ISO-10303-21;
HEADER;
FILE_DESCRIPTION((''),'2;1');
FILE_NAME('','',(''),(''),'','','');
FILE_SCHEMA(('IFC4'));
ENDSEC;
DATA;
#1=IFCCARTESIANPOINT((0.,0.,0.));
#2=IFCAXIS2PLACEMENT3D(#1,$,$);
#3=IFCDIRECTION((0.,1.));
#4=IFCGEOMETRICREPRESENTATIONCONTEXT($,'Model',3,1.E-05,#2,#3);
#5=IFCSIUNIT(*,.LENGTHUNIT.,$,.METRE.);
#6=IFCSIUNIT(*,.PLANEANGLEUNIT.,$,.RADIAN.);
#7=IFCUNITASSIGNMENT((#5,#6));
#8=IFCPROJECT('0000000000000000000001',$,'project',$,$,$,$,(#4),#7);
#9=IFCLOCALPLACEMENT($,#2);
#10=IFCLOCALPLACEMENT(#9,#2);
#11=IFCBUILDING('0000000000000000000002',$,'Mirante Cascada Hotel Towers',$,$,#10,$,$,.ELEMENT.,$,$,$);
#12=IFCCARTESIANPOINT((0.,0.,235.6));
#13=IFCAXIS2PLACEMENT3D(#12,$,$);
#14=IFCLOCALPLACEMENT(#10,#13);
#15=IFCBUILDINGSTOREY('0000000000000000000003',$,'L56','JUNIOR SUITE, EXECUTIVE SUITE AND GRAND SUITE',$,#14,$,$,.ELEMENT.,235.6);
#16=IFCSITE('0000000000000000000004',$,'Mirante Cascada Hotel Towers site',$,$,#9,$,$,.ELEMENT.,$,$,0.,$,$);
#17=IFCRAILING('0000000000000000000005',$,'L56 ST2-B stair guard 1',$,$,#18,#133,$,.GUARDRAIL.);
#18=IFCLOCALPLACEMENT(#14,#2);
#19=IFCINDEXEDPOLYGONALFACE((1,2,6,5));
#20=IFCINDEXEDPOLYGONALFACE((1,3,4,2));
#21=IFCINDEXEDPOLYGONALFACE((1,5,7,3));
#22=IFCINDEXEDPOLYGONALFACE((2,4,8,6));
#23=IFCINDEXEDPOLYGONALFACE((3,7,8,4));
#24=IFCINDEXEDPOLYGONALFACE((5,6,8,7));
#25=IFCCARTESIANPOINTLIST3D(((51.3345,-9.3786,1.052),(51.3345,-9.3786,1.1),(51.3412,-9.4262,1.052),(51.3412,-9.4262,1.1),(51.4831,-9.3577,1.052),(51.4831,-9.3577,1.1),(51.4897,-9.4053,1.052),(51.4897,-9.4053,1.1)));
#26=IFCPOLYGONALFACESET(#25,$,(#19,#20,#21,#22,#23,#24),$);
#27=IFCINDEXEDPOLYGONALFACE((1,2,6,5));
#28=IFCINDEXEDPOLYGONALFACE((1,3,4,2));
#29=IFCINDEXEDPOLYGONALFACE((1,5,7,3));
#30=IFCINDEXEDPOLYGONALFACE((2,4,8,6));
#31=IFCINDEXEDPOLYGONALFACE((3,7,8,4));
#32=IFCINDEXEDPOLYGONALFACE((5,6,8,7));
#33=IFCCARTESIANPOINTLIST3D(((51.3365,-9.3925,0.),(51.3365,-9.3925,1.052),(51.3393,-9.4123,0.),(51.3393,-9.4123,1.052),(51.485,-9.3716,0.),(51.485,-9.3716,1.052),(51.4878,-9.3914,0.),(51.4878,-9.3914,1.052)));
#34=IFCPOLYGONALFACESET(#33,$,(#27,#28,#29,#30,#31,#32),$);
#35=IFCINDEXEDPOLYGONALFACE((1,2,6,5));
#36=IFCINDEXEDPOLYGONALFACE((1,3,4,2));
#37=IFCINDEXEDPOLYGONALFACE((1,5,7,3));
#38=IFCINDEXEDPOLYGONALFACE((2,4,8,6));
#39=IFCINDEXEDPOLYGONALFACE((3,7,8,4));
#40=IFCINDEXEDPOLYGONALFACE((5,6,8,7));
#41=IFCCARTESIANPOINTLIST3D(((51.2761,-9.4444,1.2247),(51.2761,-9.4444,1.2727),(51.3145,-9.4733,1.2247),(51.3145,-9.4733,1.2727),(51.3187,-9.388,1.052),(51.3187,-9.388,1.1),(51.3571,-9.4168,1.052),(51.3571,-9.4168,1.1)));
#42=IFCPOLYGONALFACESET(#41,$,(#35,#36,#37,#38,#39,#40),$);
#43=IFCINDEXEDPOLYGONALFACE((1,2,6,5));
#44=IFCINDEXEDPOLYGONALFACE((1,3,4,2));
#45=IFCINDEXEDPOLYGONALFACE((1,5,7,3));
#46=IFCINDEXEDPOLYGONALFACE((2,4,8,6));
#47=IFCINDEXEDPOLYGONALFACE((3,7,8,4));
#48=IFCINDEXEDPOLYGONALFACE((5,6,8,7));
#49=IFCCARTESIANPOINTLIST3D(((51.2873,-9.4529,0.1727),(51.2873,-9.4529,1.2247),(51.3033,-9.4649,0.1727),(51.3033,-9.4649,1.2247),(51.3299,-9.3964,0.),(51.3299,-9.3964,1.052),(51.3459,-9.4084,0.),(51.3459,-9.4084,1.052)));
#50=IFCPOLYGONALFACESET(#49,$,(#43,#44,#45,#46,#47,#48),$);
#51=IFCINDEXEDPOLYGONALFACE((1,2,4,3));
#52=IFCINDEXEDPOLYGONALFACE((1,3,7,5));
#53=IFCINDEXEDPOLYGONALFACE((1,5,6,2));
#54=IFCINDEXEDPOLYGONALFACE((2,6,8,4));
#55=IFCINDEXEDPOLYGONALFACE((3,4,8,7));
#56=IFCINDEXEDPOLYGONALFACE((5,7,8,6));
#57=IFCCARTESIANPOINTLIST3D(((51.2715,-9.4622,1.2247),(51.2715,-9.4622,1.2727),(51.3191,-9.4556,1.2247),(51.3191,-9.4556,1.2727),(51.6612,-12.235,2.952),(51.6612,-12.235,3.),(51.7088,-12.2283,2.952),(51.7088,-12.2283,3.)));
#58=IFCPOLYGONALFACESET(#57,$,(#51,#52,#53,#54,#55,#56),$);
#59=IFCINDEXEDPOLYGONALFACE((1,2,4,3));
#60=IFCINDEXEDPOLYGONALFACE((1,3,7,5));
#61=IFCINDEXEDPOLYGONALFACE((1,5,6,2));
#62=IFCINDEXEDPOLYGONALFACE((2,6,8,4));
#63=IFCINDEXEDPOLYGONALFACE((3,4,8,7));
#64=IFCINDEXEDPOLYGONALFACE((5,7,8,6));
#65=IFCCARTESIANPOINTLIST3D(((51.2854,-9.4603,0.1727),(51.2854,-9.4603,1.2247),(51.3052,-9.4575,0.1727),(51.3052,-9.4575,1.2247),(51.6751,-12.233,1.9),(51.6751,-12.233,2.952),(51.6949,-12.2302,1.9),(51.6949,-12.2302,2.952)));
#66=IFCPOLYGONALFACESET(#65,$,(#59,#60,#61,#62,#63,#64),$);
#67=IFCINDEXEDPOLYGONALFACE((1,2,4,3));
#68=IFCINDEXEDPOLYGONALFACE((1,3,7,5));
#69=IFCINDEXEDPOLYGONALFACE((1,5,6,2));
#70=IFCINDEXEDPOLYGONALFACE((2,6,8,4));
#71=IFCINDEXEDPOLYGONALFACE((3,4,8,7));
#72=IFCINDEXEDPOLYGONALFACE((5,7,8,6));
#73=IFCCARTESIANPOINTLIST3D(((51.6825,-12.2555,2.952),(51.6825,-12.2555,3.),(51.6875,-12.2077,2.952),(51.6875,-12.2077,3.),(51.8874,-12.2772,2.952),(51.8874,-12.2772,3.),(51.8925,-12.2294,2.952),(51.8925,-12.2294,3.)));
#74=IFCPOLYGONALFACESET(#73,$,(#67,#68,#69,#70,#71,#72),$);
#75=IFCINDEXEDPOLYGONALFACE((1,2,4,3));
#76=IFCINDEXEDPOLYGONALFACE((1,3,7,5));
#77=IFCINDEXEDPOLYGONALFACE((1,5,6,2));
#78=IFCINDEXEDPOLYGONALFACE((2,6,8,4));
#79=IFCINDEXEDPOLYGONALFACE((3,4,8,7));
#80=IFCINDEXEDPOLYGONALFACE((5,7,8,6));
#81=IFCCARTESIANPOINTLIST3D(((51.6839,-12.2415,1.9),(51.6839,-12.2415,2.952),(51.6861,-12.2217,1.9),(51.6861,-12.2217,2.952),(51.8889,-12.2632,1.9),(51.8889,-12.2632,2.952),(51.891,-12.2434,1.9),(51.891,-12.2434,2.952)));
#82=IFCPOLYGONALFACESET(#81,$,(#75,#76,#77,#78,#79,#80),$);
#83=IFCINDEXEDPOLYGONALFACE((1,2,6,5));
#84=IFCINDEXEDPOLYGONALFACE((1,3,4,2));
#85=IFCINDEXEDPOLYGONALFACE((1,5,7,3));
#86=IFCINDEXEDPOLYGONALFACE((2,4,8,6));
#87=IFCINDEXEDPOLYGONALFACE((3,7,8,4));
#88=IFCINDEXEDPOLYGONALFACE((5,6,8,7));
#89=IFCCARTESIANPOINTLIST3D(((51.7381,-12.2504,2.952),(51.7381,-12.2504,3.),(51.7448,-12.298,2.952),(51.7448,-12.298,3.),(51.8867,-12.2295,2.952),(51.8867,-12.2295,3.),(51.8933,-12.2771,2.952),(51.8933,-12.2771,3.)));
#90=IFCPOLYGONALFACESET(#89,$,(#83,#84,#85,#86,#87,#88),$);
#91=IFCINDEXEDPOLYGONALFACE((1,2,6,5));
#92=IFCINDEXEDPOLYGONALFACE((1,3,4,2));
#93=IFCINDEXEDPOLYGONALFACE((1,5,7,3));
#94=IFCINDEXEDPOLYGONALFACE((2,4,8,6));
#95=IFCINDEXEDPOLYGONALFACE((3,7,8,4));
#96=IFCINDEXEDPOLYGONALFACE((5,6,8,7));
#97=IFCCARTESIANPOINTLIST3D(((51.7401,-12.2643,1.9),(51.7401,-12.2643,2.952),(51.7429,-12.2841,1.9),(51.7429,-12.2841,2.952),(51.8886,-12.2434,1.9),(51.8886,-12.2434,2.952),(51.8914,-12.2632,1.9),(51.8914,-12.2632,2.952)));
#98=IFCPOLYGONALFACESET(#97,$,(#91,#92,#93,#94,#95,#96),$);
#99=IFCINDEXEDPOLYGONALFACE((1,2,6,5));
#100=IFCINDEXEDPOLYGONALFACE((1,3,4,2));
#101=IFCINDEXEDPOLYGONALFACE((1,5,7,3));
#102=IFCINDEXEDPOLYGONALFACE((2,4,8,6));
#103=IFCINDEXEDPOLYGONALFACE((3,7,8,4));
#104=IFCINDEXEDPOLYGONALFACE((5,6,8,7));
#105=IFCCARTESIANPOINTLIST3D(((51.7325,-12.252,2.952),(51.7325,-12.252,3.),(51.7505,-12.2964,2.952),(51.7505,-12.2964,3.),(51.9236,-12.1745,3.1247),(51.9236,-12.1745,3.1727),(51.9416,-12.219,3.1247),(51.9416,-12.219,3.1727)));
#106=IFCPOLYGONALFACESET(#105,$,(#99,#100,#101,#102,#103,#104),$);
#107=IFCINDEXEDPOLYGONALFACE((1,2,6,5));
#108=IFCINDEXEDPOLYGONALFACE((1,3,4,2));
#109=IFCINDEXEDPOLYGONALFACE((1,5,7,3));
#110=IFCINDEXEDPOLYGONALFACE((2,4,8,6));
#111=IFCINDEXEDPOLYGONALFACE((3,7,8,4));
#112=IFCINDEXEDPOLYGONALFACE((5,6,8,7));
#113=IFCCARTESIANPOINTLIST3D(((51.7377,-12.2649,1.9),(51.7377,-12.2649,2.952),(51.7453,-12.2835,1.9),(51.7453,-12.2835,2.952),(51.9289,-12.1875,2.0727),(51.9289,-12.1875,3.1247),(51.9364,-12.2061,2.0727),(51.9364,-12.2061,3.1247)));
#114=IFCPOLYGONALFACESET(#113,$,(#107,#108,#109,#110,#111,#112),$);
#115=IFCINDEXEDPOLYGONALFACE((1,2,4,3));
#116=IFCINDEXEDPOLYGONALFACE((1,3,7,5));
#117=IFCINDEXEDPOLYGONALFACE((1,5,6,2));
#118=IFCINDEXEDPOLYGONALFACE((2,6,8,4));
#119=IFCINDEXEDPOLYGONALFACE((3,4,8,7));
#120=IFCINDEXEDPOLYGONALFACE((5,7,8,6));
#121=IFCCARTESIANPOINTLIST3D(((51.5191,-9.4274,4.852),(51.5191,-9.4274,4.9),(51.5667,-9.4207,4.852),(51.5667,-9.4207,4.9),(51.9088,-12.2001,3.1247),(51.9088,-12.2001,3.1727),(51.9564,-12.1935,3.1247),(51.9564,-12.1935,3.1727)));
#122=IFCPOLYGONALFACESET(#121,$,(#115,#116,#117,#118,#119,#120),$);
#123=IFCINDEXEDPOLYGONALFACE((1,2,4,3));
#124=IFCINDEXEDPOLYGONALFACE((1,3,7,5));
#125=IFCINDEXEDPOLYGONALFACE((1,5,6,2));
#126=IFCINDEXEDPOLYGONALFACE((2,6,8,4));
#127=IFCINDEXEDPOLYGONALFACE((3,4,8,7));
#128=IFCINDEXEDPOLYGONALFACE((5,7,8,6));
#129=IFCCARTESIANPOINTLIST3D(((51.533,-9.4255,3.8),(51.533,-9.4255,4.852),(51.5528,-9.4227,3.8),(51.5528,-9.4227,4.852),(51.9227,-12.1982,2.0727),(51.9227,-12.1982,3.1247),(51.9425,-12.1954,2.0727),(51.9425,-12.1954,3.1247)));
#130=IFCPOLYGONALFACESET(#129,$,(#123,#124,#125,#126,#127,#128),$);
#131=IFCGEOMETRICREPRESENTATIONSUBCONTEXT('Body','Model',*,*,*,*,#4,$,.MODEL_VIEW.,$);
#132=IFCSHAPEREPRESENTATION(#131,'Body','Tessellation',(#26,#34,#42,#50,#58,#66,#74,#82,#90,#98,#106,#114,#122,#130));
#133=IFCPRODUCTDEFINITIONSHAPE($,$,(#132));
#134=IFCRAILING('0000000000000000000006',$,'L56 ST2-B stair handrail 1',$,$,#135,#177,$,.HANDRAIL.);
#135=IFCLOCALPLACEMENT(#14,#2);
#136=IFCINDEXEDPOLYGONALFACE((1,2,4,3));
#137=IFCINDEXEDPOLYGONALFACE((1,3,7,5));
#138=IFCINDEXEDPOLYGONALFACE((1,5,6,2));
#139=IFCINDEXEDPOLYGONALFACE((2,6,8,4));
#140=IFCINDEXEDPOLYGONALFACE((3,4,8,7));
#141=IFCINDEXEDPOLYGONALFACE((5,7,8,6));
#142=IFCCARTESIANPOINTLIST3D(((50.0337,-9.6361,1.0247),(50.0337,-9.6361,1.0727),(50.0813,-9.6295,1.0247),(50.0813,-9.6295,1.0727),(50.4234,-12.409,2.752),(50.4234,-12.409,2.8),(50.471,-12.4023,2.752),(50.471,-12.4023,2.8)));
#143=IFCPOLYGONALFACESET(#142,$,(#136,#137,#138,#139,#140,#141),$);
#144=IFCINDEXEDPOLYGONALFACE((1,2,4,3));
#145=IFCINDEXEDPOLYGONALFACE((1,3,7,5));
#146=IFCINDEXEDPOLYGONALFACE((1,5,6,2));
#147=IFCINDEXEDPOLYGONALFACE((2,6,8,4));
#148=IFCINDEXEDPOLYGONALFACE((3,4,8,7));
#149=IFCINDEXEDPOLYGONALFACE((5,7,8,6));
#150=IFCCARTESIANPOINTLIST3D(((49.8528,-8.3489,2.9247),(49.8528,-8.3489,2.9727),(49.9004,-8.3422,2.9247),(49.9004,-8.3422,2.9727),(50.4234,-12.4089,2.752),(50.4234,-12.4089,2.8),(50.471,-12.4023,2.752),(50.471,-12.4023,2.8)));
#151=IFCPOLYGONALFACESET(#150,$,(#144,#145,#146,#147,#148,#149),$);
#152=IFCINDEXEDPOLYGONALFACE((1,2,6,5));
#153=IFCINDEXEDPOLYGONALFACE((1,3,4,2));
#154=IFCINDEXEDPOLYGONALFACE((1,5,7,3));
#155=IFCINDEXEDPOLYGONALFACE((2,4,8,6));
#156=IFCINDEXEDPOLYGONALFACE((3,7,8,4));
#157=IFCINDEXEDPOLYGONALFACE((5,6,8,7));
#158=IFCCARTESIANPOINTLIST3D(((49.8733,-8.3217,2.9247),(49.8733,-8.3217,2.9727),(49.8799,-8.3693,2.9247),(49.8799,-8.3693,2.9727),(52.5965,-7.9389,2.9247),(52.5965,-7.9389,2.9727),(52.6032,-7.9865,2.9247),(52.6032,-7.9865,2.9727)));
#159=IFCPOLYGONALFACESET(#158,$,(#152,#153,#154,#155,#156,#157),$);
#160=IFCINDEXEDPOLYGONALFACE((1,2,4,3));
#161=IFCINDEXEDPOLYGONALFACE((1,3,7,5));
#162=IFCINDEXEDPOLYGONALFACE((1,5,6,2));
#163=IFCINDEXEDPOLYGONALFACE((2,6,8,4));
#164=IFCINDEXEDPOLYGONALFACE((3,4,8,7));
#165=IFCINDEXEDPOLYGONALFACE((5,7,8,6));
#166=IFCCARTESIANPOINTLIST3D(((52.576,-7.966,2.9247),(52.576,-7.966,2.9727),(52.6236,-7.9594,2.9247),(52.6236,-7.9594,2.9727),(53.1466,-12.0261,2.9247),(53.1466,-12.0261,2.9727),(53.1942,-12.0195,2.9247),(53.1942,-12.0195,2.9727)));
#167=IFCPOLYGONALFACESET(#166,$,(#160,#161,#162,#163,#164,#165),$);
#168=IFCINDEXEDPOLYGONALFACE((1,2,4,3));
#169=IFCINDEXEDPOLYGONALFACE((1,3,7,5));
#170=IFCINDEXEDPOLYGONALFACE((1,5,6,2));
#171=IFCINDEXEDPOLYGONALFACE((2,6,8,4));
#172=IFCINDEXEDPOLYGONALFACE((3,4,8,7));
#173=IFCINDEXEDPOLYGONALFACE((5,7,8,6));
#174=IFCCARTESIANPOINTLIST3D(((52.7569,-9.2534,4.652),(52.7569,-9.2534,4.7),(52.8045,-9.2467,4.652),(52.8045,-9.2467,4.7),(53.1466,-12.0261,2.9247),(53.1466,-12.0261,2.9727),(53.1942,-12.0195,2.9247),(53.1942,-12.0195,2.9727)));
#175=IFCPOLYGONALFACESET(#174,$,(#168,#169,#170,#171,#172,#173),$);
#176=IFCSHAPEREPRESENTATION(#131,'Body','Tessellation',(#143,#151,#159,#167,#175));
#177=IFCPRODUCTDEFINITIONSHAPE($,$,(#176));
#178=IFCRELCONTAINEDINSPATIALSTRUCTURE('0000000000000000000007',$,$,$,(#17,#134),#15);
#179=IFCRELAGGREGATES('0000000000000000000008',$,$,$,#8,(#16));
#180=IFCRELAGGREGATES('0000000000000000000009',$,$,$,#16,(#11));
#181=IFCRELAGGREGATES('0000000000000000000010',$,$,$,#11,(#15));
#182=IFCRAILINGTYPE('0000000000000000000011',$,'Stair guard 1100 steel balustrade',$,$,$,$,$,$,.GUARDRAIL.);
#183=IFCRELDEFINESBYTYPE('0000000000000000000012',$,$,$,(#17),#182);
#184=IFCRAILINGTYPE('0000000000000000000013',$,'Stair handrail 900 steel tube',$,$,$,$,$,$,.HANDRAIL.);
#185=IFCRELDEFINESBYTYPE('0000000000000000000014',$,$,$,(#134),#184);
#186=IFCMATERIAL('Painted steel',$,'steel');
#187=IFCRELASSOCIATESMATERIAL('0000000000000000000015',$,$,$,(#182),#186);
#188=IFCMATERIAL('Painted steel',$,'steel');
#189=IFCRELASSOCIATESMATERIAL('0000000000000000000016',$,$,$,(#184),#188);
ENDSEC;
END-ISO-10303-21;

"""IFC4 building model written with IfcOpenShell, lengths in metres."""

from ifc_helpers import new_model, si_unit, direction, frame, origin, origin_2d, place, context, subcontext, project, spatial, rectangle, extrude, material, type_object, element, save


model = new_model("IFC4")

# Units and contexts
model_context = context("Model", 3, precision=1e-05, world=origin(), true_north=direction((0.0, 1.0)))
body_context = subcontext(model_context, "Body", "Model", "MODEL_VIEW")
ifc_project = project(units=[si_unit("LENGTHUNIT", "METRE"), si_unit("PLANEANGLEUNIT", "RADIAN")], contexts=[model_context])

# Site, building, storey
site_placement = place(None, origin())
site = spatial("IfcSite", under=ifc_project, at=site_placement, Name="Mirante Cascada Hotel Towers site", CompositionType="ELEMENT", RefElevation=0.0)
building_placement = place(site_placement, origin())
building = spatial("IfcBuilding", under=site, at=building_placement, Name="Mirante Cascada Hotel Towers", CompositionType="ELEMENT")
storey_placement = place(building_placement, frame((0.0, 0.0, 235.6)))
storey = spatial("IfcBuildingStorey", under=building, at=storey_placement, Name="L56", Description="JUNIOR SUITE, EXECUTIVE SUITE AND GRAND SUITE", CompositionType="ELEMENT", Elevation=235.6)

# Railings
ifc_material_1 = material(Name="Painted steel", Category="steel")
railing_type_1 = type_object("IfcRailingType", Name="Stair guard 1100 steel balustrade", PredefinedType="GUARDRAIL", material=ifc_material_1)
railing_1_placement = place(storey_placement, frame((51.4864, -9.3815, 0.0)))
element("IfcRailing", 1, at=railing_1_placement, inside=storey, type_object=railing_type_1, Name="L56 ST2-B stair guard 1", PredefinedType="GUARDRAIL", context=body_context, shape_type="SweptSolid", body=[
    extrude(rectangle(XDim=0.048, YDim=0.048, at=origin_2d()), frame((0.0, 0.0, 1.076), z_axis=(-0.990241, -0.139367, 0.0), x_axis=(0.139367, -0.990241, 0.0)), (0.0, 0.0, 1.0), 0.15),
    extrude(rectangle(XDim=0.02, YDim=1.052, at=origin_2d()), frame((0.0, 0.0, 0.526), z_axis=(-0.990241, -0.139367, 0.0), x_axis=(0.139367, -0.990241, 0.0)), (0.0, 0.0, 1.0), 0.15),
    extrude(rectangle(XDim=0.048, YDim=0.048, at=origin_2d()), frame((-0.1485, -0.0209, 1.076), z_axis=(-0.602033, -0.798471, 0.0), x_axis=(0.798471, -0.602033, 0.0)), (0.0, 0.92534, 0.379139), 0.1866),
    extrude(rectangle(XDim=0.02, YDim=1.052, at=origin_2d()), frame((-0.1485, -0.0209, 0.526), z_axis=(-0.602033, -0.798471, 0.0), x_axis=(0.798471, -0.602033, 0.0)), (0.0, 0.92534, 0.379139), 0.1866),
    extrude(rectangle(XDim=0.048, YDim=0.048, at=origin_2d()), frame((-0.1911, -0.0774, 1.2487), z_axis=(0.139181, -0.990267, 0.0), x_axis=(0.990267, 0.139181, 0.0)), (0.0, 0.525035, 0.851081), 3.2899),
    extrude(rectangle(XDim=0.02, YDim=1.052, at=origin_2d()), frame((-0.1911, -0.0774, 0.6987), z_axis=(0.139181, -0.990267, 0.0), x_axis=(0.990267, 0.139181, 0.0)), (0.0, 0.525035, 0.851081), 3.2899),
    extrude(rectangle(XDim=0.048, YDim=0.048, at=origin_2d()), frame((0.1986, -2.8501, 2.976), z_axis=(0.994444, -0.105266, 0.0), x_axis=(0.105266, 0.994444, 0.0)), (0.0, 0.0, 1.0), 0.2061),
    extrude(rectangle(XDim=0.02, YDim=1.052, at=origin_2d()), frame((0.1986, -2.8501, 2.426), z_axis=(0.994444, -0.105266, 0.0), x_axis=(0.105266, 0.994444, 0.0)), (0.0, 0.0, 1.0), 0.2061),
    extrude(rectangle(XDim=0.048, YDim=0.048, at=origin_2d()), frame((0.4036, -2.8718, 2.976), z_axis=(-0.990241, -0.139367, 0.0), x_axis=(0.139367, -0.990241, 0.0)), (0.0, 0.0, 1.0), 0.15),
    extrude(rectangle(XDim=0.02, YDim=1.052, at=origin_2d()), frame((0.4036, -2.8718, 2.426), z_axis=(-0.990241, -0.139367, 0.0), x_axis=(0.139367, -0.990241, 0.0)), (0.0, 0.0, 1.0), 0.15),
    extrude(rectangle(XDim=0.048, YDim=0.048, at=origin_2d()), frame((0.2551, -2.8927, 2.976), z_axis=(0.926862, 0.375401, 0.0), x_axis=(-0.375401, 0.926862, 0.0)), (0.0, 0.642122, 0.766603), 0.269),
    extrude(rectangle(XDim=0.02, YDim=1.052, at=origin_2d()), frame((0.2551, -2.8927, 2.426), z_axis=(0.926862, 0.375401, 0.0), x_axis=(-0.375401, 0.926862, 0.0)), (0.0, 0.642122, 0.766603), 0.269),
    extrude(rectangle(XDim=0.048, YDim=0.048, at=origin_2d()), frame((0.4462, -2.8153, 3.1487), z_axis=(-0.139181, 0.990267, 0.0), x_axis=(-0.990267, -0.139181, 0.0)), (0.0, 0.525035, 0.851081), 3.2899),
    extrude(rectangle(XDim=0.02, YDim=1.052, at=origin_2d()), frame((0.4462, -2.8153, 2.5987), z_axis=(-0.139181, 0.990267, 0.0), x_axis=(-0.990267, -0.139181, 0.0)), (0.0, 0.525035, 0.851081), 3.2899),
])
ifc_material_2 = material(Name="Painted steel", Category="steel")
railing_type_2 = type_object("IfcRailingType", Name="Stair handrail 900 steel tube", PredefinedType="HANDRAIL", material=ifc_material_2)
railing_2_placement = place(storey_placement, frame((50.0575, -9.6328, 0.1727)))
element("IfcRailing", 2, at=railing_2_placement, inside=storey, type_object=railing_type_2, Name="L56 ST2-B stair handrail 1", PredefinedType="HANDRAIL", context=body_context, shape_type="SweptSolid", body=[
    extrude(rectangle(XDim=0.048, YDim=0.048, at=origin_2d()), frame((0.0, 0.0, 0.876), z_axis=(0.139176, -0.990268, 0.0), x_axis=(0.990268, 0.139176, 0.0)), (0.0, 0.525021, 0.851089), 3.29),
    extrude(rectangle(XDim=0.048, YDim=0.048, at=origin_2d()), frame((0.3897, -2.7728, 2.6033), z_axis=(-0.139171, 0.990268, 0.0), x_axis=(-0.990268, -0.139171, 0.0)), (0.0, 0.042085, 0.999114), 4.1036),
    extrude(rectangle(XDim=0.048, YDim=0.048, at=origin_2d()), frame((-0.1809, 1.2873, 2.776), z_axis=(0.990264, 0.139201, 0.0), x_axis=(-0.139201, 0.990264, 0.0)), (0.0, 0.0, 1.0), 2.75),
    extrude(rectangle(XDim=0.048, YDim=0.048, at=origin_2d()), frame((2.5423, 1.6701, 2.776), z_axis=(0.139171, -0.990268, 0.0), x_axis=(0.990268, 0.139171, 0.0)), (0.0, 0.0, 1.0), 4.1),
    extrude(rectangle(XDim=0.048, YDim=0.048, at=origin_2d()), frame((3.1129, -2.39, 2.776), z_axis=(-0.139181, 0.990267, 0.0), x_axis=(-0.990267, -0.139181, 0.0)), (0.0, 0.525035, 0.851081), 3.2899),
])

save(model, "model.ifc")
